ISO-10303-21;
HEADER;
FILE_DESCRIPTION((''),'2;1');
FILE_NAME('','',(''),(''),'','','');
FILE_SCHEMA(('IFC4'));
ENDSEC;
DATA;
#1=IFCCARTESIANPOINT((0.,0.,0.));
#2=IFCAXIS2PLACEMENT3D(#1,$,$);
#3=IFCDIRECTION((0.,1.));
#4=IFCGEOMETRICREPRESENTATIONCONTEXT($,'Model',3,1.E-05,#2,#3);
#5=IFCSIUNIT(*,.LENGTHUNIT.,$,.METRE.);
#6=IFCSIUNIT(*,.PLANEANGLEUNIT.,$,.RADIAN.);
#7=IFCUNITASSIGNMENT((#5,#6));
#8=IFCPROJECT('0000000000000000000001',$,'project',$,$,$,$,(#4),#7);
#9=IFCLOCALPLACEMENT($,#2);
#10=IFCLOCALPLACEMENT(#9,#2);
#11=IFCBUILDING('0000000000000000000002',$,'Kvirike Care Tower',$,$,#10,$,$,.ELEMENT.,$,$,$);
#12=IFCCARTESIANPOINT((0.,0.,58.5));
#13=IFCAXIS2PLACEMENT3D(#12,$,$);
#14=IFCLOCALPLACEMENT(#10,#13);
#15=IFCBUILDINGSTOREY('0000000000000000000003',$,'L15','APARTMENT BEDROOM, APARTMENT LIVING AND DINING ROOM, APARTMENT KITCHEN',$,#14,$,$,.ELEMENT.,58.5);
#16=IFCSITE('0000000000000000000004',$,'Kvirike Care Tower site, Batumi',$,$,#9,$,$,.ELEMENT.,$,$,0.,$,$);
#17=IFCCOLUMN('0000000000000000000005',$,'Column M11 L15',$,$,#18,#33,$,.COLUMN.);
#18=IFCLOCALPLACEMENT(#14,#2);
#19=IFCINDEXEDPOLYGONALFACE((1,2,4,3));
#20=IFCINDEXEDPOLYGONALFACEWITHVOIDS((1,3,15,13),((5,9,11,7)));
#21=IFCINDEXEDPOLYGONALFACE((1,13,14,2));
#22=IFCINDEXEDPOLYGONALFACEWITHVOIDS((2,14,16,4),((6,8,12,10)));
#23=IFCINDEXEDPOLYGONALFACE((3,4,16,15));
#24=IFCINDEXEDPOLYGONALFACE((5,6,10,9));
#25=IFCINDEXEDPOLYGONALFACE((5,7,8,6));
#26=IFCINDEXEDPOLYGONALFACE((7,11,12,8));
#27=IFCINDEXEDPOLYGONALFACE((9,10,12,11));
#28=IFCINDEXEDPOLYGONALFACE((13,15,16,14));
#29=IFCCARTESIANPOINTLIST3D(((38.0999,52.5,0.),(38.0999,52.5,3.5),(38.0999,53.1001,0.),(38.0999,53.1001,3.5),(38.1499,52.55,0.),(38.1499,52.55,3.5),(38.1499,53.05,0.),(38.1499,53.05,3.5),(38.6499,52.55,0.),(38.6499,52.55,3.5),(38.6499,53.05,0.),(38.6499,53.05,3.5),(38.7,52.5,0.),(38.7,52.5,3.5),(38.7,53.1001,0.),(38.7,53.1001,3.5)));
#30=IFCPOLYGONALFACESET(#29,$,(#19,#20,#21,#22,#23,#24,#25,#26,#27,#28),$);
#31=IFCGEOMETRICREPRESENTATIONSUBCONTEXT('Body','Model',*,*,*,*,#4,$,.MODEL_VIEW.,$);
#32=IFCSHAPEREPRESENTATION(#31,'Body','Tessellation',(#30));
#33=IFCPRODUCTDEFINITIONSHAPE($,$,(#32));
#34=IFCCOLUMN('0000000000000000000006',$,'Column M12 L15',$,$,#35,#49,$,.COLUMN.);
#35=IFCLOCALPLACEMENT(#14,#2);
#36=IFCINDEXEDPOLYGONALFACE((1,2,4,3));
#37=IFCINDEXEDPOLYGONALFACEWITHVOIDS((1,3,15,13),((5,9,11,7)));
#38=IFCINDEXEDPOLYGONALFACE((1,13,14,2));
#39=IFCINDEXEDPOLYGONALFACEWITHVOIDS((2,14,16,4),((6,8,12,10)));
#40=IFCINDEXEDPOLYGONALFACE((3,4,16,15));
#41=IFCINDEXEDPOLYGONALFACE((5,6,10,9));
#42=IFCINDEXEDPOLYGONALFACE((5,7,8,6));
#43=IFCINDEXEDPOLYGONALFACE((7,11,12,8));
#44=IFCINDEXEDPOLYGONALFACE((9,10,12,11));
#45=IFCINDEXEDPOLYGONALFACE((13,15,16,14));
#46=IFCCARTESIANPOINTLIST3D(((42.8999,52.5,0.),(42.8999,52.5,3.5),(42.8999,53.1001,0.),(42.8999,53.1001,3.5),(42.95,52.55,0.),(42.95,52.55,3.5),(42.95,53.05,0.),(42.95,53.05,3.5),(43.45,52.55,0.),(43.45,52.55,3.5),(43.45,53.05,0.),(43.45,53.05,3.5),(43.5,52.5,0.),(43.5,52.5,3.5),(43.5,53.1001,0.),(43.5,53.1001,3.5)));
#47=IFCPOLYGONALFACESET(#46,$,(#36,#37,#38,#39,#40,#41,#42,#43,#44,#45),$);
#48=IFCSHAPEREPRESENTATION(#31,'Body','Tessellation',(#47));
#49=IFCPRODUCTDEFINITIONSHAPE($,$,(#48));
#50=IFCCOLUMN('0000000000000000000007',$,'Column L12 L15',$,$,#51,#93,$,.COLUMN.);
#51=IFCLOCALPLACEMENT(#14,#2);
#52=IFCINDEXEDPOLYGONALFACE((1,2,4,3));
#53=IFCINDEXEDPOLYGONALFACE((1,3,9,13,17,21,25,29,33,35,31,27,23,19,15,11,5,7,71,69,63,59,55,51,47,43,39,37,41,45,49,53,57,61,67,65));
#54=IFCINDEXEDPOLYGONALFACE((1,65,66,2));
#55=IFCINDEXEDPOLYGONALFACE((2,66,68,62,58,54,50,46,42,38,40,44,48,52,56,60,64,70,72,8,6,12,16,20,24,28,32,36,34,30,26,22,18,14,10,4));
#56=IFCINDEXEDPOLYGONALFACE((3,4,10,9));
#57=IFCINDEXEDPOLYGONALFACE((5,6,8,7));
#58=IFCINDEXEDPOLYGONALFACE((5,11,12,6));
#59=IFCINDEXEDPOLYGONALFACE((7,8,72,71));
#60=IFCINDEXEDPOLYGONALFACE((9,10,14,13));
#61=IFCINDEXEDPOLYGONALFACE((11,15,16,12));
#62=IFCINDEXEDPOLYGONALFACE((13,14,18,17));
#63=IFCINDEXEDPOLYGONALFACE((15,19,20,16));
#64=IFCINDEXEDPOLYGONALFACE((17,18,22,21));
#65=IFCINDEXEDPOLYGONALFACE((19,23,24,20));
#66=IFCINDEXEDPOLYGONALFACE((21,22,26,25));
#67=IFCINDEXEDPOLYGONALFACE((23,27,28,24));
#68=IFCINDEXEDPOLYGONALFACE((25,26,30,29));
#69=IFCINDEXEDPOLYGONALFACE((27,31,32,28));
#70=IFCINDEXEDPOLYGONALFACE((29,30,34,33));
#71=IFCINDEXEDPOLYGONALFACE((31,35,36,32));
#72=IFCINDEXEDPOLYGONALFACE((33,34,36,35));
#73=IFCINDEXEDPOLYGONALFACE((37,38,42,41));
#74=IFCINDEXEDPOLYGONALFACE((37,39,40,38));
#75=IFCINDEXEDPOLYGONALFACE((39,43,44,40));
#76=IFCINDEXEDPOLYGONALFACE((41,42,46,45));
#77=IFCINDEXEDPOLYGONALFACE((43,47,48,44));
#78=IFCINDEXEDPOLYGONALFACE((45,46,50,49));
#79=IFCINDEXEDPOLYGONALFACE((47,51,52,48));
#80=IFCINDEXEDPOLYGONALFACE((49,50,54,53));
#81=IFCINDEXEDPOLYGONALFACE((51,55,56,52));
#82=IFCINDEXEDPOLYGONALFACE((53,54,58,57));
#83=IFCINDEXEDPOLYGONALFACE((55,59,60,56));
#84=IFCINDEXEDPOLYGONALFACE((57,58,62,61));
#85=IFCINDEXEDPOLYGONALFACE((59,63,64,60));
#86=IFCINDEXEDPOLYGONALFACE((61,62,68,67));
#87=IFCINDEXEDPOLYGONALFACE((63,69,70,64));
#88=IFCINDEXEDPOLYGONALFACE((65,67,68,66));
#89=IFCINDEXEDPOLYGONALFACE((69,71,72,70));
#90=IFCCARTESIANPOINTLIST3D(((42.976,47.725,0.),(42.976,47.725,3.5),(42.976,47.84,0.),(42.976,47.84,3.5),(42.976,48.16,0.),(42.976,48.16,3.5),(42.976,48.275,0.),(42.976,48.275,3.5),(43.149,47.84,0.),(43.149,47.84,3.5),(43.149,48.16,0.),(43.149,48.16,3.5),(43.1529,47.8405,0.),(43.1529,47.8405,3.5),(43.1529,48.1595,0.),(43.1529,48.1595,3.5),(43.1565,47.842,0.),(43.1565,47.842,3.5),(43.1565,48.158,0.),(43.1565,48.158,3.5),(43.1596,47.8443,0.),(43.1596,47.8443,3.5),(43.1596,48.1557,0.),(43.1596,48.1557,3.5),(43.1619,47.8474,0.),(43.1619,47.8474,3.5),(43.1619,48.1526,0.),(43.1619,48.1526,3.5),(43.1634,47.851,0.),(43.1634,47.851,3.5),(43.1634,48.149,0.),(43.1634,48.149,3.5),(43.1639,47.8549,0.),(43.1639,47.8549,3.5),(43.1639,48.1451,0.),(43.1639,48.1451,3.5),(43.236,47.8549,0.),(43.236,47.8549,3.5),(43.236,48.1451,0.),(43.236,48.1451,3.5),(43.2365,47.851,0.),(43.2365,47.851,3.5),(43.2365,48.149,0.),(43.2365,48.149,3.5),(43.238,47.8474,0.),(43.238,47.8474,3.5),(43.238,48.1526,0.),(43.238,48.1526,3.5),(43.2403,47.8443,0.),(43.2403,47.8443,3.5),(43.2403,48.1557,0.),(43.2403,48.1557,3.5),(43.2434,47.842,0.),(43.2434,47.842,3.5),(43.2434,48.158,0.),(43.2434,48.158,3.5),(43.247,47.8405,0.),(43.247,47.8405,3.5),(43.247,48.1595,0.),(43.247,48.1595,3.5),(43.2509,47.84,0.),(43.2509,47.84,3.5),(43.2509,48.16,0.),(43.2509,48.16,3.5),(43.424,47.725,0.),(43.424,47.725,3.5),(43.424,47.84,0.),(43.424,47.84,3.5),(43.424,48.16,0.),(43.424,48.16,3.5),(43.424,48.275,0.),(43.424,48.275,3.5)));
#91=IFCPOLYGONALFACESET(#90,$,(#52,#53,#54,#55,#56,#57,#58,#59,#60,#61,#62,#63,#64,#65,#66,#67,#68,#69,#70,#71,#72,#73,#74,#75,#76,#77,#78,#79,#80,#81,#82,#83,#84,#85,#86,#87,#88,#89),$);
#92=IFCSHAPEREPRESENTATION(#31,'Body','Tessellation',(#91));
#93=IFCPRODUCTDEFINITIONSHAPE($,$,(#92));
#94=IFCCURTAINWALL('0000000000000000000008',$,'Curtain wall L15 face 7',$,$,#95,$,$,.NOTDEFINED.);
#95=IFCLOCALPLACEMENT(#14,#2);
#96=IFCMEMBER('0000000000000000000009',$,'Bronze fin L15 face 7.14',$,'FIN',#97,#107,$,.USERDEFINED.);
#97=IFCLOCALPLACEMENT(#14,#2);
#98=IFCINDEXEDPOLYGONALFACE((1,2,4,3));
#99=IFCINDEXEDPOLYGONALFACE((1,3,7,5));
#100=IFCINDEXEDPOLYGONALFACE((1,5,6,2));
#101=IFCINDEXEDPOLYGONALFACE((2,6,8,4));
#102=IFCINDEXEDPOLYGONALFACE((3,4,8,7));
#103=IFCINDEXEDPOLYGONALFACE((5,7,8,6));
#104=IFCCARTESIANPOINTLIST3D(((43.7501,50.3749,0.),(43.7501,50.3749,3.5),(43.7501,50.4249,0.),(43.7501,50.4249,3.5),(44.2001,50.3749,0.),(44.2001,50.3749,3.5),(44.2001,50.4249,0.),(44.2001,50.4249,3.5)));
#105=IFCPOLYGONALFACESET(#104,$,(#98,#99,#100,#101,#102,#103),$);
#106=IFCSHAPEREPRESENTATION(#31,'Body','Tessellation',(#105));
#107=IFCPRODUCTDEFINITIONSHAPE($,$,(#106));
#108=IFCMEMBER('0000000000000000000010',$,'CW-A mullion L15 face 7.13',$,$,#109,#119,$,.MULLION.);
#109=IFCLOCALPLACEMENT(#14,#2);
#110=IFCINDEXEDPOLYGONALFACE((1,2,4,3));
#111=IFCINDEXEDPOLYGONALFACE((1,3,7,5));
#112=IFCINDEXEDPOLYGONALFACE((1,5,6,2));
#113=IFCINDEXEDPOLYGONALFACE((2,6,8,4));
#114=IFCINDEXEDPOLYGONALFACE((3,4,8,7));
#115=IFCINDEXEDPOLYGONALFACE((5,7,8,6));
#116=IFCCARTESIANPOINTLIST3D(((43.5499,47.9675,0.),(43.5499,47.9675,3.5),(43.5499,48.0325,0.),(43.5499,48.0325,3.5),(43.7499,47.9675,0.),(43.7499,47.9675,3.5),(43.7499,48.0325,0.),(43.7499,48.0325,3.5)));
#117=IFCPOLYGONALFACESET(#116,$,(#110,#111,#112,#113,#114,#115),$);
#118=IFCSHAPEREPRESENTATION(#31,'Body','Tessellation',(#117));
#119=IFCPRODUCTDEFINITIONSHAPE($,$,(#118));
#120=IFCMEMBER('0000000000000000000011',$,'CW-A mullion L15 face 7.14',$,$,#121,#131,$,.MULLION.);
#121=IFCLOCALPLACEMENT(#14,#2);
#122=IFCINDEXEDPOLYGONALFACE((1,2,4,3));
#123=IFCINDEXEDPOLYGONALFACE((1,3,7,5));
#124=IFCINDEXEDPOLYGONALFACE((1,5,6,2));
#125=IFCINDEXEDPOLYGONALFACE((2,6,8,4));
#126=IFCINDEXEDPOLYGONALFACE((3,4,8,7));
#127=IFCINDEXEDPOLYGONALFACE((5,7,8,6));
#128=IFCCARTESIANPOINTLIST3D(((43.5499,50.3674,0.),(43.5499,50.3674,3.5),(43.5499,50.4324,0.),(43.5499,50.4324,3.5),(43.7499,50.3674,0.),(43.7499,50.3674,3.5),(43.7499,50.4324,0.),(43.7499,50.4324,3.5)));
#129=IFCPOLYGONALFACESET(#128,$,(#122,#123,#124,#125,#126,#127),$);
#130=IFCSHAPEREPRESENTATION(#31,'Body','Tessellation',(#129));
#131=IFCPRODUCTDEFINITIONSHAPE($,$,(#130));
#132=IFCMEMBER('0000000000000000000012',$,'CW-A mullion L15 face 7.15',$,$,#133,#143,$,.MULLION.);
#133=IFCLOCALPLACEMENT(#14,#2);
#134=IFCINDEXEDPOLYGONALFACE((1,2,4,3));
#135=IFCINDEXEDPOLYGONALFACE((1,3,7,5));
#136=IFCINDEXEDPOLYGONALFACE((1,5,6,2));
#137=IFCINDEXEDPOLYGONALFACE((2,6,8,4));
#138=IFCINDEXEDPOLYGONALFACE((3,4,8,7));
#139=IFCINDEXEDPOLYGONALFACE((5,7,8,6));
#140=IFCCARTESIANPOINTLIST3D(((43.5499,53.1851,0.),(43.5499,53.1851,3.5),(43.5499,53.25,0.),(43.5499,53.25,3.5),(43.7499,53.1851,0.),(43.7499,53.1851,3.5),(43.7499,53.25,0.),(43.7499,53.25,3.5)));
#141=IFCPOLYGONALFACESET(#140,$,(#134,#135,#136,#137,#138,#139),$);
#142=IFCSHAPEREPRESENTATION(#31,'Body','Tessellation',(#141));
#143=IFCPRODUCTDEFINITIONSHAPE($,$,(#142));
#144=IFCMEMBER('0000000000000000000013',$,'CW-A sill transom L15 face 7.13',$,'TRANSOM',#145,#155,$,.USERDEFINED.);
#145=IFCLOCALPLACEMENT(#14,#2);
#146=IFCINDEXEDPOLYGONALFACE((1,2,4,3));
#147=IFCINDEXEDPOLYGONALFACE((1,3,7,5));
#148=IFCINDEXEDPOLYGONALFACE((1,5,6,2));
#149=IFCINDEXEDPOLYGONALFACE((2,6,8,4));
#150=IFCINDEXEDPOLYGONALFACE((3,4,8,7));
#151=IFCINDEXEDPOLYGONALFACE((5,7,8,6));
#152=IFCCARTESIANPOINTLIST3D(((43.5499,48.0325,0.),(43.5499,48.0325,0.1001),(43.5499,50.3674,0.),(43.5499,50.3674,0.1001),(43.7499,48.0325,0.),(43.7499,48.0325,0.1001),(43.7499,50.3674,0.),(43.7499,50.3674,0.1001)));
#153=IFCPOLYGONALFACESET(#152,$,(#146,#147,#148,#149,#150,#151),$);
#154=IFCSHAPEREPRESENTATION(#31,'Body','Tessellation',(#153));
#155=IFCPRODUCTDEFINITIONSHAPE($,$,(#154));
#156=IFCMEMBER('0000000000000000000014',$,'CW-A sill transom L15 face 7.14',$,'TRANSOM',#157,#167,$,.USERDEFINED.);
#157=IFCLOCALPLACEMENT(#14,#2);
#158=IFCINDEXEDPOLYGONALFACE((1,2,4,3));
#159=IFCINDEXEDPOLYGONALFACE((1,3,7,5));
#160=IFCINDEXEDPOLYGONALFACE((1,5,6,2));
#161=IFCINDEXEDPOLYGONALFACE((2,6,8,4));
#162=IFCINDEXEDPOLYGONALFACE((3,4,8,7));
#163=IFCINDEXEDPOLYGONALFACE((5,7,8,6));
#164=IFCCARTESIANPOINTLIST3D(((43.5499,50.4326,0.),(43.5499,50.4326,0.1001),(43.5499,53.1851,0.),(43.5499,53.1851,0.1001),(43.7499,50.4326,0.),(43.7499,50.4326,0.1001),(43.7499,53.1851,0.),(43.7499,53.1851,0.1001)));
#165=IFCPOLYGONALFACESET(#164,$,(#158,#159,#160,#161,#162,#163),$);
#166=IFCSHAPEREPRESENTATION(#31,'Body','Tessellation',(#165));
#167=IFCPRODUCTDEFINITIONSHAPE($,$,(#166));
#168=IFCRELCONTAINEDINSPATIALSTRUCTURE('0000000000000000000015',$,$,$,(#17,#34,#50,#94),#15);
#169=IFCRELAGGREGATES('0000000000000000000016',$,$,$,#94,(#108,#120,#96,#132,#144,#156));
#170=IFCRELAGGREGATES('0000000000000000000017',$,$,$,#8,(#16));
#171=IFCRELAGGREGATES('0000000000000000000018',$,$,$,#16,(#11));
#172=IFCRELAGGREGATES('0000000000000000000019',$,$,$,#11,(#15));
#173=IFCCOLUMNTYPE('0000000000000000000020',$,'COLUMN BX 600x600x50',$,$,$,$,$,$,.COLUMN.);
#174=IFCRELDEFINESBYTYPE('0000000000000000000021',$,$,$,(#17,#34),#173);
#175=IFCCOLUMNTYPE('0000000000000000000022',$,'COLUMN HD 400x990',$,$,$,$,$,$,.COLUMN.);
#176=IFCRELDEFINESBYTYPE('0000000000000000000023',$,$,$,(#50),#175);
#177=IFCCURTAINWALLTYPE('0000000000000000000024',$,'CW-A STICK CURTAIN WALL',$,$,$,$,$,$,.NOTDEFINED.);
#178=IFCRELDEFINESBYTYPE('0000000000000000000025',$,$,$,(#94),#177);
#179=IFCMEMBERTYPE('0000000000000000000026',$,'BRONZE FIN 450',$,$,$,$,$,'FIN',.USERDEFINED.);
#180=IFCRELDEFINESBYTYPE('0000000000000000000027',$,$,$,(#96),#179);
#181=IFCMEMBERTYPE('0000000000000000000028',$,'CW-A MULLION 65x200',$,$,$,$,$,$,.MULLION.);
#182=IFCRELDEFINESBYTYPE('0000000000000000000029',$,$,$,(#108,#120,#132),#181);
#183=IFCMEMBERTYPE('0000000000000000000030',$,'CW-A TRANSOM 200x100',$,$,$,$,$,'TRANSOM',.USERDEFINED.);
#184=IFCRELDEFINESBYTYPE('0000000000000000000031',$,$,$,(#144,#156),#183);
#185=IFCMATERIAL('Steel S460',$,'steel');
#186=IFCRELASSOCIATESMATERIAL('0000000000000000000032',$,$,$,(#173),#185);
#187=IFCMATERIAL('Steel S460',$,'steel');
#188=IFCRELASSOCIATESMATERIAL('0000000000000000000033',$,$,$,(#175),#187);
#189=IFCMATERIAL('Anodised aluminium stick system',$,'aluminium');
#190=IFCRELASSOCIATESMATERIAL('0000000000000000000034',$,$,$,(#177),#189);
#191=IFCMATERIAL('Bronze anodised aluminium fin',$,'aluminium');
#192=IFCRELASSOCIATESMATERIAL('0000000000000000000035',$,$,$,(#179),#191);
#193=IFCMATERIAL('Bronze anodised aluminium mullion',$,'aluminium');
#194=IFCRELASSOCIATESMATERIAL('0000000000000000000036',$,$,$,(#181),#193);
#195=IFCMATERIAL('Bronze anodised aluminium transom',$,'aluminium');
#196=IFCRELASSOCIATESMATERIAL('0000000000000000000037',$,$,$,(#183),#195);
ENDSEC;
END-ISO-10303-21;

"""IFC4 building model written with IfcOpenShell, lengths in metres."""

from ifc_helpers import new_model, si_unit, direction, frame, origin, origin_2d, place, context, subcontext, project, spatial, rectangle, hollow_rectangle, i_section, extrude, material, material_profile, profile_set, type_object, element, aggregate, save


model = new_model("IFC4")

# Units and contexts
model_context = context("Model", 3, precision=1e-05, world=origin(), true_north=direction((0.0, 1.0)))
body_context = subcontext(model_context, "Body", "Model", "MODEL_VIEW")
ifc_project = project(units=[si_unit("LENGTHUNIT", "METRE"), si_unit("PLANEANGLEUNIT", "RADIAN")], contexts=[model_context])

# Site, building, storey
site_placement = place(None, origin())
site = spatial("IfcSite", under=ifc_project, at=site_placement, Name="Kvirike Care Tower site, Batumi", CompositionType="ELEMENT", RefElevation=0.0)
building_placement = place(site_placement, origin())
building = spatial("IfcBuilding", under=site, at=building_placement, Name="Kvirike Care Tower", CompositionType="ELEMENT")
storey_placement = place(building_placement, frame((0.0, 0.0, 58.5)))
storey = spatial("IfcBuildingStorey", under=building, at=storey_placement, Name="L15", Description="APARTMENT BEDROOM, APARTMENT LIVING AND DINING ROOM, APARTMENT KITCHEN", CompositionType="ELEMENT", Elevation=58.5)

# Columns
ifc_material_1 = material(Name="Steel S460", Category="steel")
ifc_material_profile_1 = material_profile(ifc_material_1, hollow_rectangle(XDim=0.6001, YDim=0.6001, WallThickness=0.05, at=origin_2d()), Name="BX 600x600x50")
ifc_profile_set_1 = profile_set([ifc_material_profile_1], Name="Steel S460")
column_type_1 = type_object("IfcColumnType", Name="COLUMN BX 600x600x50", PredefinedType="COLUMN", material=ifc_profile_set_1)
for number, where, z_axis, x_axis, name in (
    (1, (38.3999, 52.8, 0.0), (0.0, 0.0, 1.0), (0.0, 1.0, 0.0), "Column M11 L15"),
    (2, (43.2, 52.8, 0.0), (0.0, 0.0, 1.0), (0.0, 1.0, 0.0), "Column M12 L15"),
):
    element("IfcColumn", number, at=place(storey_placement, frame(where, z_axis=z_axis, x_axis=x_axis)), inside=storey, type_object=column_type_1, Name=name, PredefinedType="COLUMN", context=body_context, shape_type="SweptSolid", body=[
        extrude(hollow_rectangle(XDim=0.6001, YDim=0.6001, WallThickness=0.05, at=origin_2d()), origin(), (0.0, 0.0, 1.0), 3.5),
    ])
ifc_material_2 = material(Name="Steel S460", Category="steel")
ifc_material_profile_2 = material_profile(ifc_material_2, i_section(OverallWidth=0.448, OverallDepth=0.55, WebThickness=0.072, FlangeThickness=0.115, FilletRadius=0.0149, at=origin_2d()), Name="HD 400x990")
ifc_profile_set_2 = profile_set([ifc_material_profile_2], Name="Steel S460")
column_type_2 = type_object("IfcColumnType", Name="COLUMN HD 400x990", PredefinedType="COLUMN", material=ifc_profile_set_2)
column_placement = place(storey_placement, frame((43.2, 48.0, 0.0), z_axis=(0.0, 0.0, 1.0), x_axis=(1.0, 0.0, 0.0)))
element("IfcColumn", 3, at=column_placement, inside=storey, type_object=column_type_2, Name="Column L12 L15", PredefinedType="COLUMN", context=body_context, shape_type="SweptSolid", body=[
    extrude(i_section(OverallWidth=0.448, OverallDepth=0.55, WebThickness=0.072, FlangeThickness=0.115, FilletRadius=0.0149, at=origin_2d()), origin(), (0.0, 0.0, 1.0), 3.5),
])

# Curtain wall, members
ifc_material_3 = material(Name="Anodised aluminium stick system", Category="aluminium")
curtain_wall_type = type_object("IfcCurtainWallType", Name="CW-A STICK CURTAIN WALL", PredefinedType="NOTDEFINED", material=ifc_material_3)
curtain_wall_placement = place(storey_placement, origin())
curtain_wall = element("IfcCurtainWall", 4, at=curtain_wall_placement, inside=storey, type_object=curtain_wall_type, Name="Curtain wall L15 face 7", PredefinedType="NOTDEFINED")
ifc_material_4 = material(Name="Bronze anodised aluminium fin", Category="aluminium")
ifc_material_profile_3 = material_profile(ifc_material_4, rectangle(XDim=0.05, YDim=0.45, at=origin_2d()), Name="BRONZE FIN 450")
ifc_profile_set_3 = profile_set([ifc_material_profile_3], Name="Bronze anodised aluminium fin")
member_type_1 = type_object("IfcMemberType", Name="BRONZE FIN 450", ElementType="FIN", PredefinedType="USERDEFINED", material=ifc_profile_set_3)
member_1_placement = place(storey_placement, frame((43.9751, 50.3999, 0.0), z_axis=(0.0, 0.0, 1.0), x_axis=(0.0, 1.0, 0.0)))
member_1 = element("IfcMember", 5, at=member_1_placement, type_object=member_type_1, Name="Bronze fin L15 face 7.14", ObjectType="FIN", PredefinedType="USERDEFINED", context=body_context, shape_type="SweptSolid", body=[
    extrude(rectangle(XDim=0.05, YDim=0.45, at=origin_2d()), origin(), (0.0, 0.0, 1.0), 3.5),
])
ifc_material_5 = material(Name="Bronze anodised aluminium mullion", Category="aluminium")
ifc_material_profile_4 = material_profile(ifc_material_5, rectangle(XDim=0.0649, YDim=0.2, at=origin_2d()), Name="CW-A MULLION 65x200")
ifc_profile_set_4 = profile_set([ifc_material_profile_4], Name="Bronze anodised aluminium mullion")
member_type_2 = type_object("IfcMemberType", Name="CW-A MULLION 65x200", PredefinedType="MULLION", material=ifc_profile_set_4)
member_2_placement = place(storey_placement, frame((43.6499, 48.0, 0.0), z_axis=(0.0, 0.0, 1.0), x_axis=(0.0, 1.0, 0.0)))
member_2 = element("IfcMember", 6, at=member_2_placement, type_object=member_type_2, Name="CW-A mullion L15 face 7.13", PredefinedType="MULLION", context=body_context, shape_type="SweptSolid", body=[
    extrude(rectangle(XDim=0.0649, YDim=0.2, at=origin_2d()), origin(), (0.0, 0.0, 1.0), 3.5),
])
member_3_placement = place(storey_placement, frame((43.6499, 50.3999, 0.0), z_axis=(0.0, 0.0, 1.0), x_axis=(0.0, 1.0, 0.0)))
member_3 = element("IfcMember", 7, at=member_3_placement, type_object=member_type_2, Name="CW-A mullion L15 face 7.14", PredefinedType="MULLION", context=body_context, shape_type="SweptSolid", body=[
    extrude(rectangle(XDim=0.0649, YDim=0.2, at=origin_2d()), origin(), (0.0, 0.0, 1.0), 3.5),
])
member_4_placement = place(storey_placement, frame((43.6499, 53.2175, 0.0), z_axis=(0.0, 0.0, 1.0), x_axis=(0.0, 1.0, 0.0)))
member_4 = element("IfcMember", 8, at=member_4_placement, type_object=member_type_2, Name="CW-A mullion L15 face 7.15", PredefinedType="MULLION", context=body_context, shape_type="SweptSolid", body=[
    extrude(rectangle(XDim=0.0649, YDim=0.2, at=origin_2d()), origin(), (0.0, 0.0, 1.0), 3.5),
])
ifc_material_6 = material(Name="Bronze anodised aluminium transom", Category="aluminium")
ifc_material_profile_5 = material_profile(ifc_material_6, rectangle(XDim=0.2, YDim=0.1001, at=origin_2d()), Name="CW-A TRANSOM 200x100")
ifc_profile_set_5 = profile_set([ifc_material_profile_5], Name="Bronze anodised aluminium transom")
member_type_3 = type_object("IfcMemberType", Name="CW-A TRANSOM 200x100", ElementType="TRANSOM", PredefinedType="USERDEFINED", material=ifc_profile_set_5)
member_5_placement = place(storey_placement, frame((43.6499, 48.0325, 0.05), z_axis=(0.0, 1.0, 0.0), x_axis=(-1.0, 0.0, 0.0)))
member_5 = element("IfcMember", 9, at=member_5_placement, type_object=member_type_3, Name="CW-A sill transom L15 face 7.13", ObjectType="TRANSOM", PredefinedType="USERDEFINED", context=body_context, shape_type="SweptSolid", body=[
    extrude(rectangle(XDim=0.2, YDim=0.1001, at=origin_2d()), origin(), (0.0, 0.0, 1.0), 2.335),
])
member_6_placement = place(storey_placement, frame((43.6499, 50.4326, 0.05), z_axis=(0.0, 1.0, 0.0), x_axis=(-1.0, 0.0, 0.0)))
member_6 = element("IfcMember", 10, at=member_6_placement, type_object=member_type_3, Name="CW-A sill transom L15 face 7.14", ObjectType="TRANSOM", PredefinedType="USERDEFINED", context=body_context, shape_type="SweptSolid", body=[
    extrude(rectangle(XDim=0.2, YDim=0.1001, at=origin_2d()), origin(), (0.0, 0.0, 1.0), 2.7524),
])

aggregate(curtain_wall, [member_2, member_3, member_1, member_4, member_5, member_6])

save(model, "model.ifc")
